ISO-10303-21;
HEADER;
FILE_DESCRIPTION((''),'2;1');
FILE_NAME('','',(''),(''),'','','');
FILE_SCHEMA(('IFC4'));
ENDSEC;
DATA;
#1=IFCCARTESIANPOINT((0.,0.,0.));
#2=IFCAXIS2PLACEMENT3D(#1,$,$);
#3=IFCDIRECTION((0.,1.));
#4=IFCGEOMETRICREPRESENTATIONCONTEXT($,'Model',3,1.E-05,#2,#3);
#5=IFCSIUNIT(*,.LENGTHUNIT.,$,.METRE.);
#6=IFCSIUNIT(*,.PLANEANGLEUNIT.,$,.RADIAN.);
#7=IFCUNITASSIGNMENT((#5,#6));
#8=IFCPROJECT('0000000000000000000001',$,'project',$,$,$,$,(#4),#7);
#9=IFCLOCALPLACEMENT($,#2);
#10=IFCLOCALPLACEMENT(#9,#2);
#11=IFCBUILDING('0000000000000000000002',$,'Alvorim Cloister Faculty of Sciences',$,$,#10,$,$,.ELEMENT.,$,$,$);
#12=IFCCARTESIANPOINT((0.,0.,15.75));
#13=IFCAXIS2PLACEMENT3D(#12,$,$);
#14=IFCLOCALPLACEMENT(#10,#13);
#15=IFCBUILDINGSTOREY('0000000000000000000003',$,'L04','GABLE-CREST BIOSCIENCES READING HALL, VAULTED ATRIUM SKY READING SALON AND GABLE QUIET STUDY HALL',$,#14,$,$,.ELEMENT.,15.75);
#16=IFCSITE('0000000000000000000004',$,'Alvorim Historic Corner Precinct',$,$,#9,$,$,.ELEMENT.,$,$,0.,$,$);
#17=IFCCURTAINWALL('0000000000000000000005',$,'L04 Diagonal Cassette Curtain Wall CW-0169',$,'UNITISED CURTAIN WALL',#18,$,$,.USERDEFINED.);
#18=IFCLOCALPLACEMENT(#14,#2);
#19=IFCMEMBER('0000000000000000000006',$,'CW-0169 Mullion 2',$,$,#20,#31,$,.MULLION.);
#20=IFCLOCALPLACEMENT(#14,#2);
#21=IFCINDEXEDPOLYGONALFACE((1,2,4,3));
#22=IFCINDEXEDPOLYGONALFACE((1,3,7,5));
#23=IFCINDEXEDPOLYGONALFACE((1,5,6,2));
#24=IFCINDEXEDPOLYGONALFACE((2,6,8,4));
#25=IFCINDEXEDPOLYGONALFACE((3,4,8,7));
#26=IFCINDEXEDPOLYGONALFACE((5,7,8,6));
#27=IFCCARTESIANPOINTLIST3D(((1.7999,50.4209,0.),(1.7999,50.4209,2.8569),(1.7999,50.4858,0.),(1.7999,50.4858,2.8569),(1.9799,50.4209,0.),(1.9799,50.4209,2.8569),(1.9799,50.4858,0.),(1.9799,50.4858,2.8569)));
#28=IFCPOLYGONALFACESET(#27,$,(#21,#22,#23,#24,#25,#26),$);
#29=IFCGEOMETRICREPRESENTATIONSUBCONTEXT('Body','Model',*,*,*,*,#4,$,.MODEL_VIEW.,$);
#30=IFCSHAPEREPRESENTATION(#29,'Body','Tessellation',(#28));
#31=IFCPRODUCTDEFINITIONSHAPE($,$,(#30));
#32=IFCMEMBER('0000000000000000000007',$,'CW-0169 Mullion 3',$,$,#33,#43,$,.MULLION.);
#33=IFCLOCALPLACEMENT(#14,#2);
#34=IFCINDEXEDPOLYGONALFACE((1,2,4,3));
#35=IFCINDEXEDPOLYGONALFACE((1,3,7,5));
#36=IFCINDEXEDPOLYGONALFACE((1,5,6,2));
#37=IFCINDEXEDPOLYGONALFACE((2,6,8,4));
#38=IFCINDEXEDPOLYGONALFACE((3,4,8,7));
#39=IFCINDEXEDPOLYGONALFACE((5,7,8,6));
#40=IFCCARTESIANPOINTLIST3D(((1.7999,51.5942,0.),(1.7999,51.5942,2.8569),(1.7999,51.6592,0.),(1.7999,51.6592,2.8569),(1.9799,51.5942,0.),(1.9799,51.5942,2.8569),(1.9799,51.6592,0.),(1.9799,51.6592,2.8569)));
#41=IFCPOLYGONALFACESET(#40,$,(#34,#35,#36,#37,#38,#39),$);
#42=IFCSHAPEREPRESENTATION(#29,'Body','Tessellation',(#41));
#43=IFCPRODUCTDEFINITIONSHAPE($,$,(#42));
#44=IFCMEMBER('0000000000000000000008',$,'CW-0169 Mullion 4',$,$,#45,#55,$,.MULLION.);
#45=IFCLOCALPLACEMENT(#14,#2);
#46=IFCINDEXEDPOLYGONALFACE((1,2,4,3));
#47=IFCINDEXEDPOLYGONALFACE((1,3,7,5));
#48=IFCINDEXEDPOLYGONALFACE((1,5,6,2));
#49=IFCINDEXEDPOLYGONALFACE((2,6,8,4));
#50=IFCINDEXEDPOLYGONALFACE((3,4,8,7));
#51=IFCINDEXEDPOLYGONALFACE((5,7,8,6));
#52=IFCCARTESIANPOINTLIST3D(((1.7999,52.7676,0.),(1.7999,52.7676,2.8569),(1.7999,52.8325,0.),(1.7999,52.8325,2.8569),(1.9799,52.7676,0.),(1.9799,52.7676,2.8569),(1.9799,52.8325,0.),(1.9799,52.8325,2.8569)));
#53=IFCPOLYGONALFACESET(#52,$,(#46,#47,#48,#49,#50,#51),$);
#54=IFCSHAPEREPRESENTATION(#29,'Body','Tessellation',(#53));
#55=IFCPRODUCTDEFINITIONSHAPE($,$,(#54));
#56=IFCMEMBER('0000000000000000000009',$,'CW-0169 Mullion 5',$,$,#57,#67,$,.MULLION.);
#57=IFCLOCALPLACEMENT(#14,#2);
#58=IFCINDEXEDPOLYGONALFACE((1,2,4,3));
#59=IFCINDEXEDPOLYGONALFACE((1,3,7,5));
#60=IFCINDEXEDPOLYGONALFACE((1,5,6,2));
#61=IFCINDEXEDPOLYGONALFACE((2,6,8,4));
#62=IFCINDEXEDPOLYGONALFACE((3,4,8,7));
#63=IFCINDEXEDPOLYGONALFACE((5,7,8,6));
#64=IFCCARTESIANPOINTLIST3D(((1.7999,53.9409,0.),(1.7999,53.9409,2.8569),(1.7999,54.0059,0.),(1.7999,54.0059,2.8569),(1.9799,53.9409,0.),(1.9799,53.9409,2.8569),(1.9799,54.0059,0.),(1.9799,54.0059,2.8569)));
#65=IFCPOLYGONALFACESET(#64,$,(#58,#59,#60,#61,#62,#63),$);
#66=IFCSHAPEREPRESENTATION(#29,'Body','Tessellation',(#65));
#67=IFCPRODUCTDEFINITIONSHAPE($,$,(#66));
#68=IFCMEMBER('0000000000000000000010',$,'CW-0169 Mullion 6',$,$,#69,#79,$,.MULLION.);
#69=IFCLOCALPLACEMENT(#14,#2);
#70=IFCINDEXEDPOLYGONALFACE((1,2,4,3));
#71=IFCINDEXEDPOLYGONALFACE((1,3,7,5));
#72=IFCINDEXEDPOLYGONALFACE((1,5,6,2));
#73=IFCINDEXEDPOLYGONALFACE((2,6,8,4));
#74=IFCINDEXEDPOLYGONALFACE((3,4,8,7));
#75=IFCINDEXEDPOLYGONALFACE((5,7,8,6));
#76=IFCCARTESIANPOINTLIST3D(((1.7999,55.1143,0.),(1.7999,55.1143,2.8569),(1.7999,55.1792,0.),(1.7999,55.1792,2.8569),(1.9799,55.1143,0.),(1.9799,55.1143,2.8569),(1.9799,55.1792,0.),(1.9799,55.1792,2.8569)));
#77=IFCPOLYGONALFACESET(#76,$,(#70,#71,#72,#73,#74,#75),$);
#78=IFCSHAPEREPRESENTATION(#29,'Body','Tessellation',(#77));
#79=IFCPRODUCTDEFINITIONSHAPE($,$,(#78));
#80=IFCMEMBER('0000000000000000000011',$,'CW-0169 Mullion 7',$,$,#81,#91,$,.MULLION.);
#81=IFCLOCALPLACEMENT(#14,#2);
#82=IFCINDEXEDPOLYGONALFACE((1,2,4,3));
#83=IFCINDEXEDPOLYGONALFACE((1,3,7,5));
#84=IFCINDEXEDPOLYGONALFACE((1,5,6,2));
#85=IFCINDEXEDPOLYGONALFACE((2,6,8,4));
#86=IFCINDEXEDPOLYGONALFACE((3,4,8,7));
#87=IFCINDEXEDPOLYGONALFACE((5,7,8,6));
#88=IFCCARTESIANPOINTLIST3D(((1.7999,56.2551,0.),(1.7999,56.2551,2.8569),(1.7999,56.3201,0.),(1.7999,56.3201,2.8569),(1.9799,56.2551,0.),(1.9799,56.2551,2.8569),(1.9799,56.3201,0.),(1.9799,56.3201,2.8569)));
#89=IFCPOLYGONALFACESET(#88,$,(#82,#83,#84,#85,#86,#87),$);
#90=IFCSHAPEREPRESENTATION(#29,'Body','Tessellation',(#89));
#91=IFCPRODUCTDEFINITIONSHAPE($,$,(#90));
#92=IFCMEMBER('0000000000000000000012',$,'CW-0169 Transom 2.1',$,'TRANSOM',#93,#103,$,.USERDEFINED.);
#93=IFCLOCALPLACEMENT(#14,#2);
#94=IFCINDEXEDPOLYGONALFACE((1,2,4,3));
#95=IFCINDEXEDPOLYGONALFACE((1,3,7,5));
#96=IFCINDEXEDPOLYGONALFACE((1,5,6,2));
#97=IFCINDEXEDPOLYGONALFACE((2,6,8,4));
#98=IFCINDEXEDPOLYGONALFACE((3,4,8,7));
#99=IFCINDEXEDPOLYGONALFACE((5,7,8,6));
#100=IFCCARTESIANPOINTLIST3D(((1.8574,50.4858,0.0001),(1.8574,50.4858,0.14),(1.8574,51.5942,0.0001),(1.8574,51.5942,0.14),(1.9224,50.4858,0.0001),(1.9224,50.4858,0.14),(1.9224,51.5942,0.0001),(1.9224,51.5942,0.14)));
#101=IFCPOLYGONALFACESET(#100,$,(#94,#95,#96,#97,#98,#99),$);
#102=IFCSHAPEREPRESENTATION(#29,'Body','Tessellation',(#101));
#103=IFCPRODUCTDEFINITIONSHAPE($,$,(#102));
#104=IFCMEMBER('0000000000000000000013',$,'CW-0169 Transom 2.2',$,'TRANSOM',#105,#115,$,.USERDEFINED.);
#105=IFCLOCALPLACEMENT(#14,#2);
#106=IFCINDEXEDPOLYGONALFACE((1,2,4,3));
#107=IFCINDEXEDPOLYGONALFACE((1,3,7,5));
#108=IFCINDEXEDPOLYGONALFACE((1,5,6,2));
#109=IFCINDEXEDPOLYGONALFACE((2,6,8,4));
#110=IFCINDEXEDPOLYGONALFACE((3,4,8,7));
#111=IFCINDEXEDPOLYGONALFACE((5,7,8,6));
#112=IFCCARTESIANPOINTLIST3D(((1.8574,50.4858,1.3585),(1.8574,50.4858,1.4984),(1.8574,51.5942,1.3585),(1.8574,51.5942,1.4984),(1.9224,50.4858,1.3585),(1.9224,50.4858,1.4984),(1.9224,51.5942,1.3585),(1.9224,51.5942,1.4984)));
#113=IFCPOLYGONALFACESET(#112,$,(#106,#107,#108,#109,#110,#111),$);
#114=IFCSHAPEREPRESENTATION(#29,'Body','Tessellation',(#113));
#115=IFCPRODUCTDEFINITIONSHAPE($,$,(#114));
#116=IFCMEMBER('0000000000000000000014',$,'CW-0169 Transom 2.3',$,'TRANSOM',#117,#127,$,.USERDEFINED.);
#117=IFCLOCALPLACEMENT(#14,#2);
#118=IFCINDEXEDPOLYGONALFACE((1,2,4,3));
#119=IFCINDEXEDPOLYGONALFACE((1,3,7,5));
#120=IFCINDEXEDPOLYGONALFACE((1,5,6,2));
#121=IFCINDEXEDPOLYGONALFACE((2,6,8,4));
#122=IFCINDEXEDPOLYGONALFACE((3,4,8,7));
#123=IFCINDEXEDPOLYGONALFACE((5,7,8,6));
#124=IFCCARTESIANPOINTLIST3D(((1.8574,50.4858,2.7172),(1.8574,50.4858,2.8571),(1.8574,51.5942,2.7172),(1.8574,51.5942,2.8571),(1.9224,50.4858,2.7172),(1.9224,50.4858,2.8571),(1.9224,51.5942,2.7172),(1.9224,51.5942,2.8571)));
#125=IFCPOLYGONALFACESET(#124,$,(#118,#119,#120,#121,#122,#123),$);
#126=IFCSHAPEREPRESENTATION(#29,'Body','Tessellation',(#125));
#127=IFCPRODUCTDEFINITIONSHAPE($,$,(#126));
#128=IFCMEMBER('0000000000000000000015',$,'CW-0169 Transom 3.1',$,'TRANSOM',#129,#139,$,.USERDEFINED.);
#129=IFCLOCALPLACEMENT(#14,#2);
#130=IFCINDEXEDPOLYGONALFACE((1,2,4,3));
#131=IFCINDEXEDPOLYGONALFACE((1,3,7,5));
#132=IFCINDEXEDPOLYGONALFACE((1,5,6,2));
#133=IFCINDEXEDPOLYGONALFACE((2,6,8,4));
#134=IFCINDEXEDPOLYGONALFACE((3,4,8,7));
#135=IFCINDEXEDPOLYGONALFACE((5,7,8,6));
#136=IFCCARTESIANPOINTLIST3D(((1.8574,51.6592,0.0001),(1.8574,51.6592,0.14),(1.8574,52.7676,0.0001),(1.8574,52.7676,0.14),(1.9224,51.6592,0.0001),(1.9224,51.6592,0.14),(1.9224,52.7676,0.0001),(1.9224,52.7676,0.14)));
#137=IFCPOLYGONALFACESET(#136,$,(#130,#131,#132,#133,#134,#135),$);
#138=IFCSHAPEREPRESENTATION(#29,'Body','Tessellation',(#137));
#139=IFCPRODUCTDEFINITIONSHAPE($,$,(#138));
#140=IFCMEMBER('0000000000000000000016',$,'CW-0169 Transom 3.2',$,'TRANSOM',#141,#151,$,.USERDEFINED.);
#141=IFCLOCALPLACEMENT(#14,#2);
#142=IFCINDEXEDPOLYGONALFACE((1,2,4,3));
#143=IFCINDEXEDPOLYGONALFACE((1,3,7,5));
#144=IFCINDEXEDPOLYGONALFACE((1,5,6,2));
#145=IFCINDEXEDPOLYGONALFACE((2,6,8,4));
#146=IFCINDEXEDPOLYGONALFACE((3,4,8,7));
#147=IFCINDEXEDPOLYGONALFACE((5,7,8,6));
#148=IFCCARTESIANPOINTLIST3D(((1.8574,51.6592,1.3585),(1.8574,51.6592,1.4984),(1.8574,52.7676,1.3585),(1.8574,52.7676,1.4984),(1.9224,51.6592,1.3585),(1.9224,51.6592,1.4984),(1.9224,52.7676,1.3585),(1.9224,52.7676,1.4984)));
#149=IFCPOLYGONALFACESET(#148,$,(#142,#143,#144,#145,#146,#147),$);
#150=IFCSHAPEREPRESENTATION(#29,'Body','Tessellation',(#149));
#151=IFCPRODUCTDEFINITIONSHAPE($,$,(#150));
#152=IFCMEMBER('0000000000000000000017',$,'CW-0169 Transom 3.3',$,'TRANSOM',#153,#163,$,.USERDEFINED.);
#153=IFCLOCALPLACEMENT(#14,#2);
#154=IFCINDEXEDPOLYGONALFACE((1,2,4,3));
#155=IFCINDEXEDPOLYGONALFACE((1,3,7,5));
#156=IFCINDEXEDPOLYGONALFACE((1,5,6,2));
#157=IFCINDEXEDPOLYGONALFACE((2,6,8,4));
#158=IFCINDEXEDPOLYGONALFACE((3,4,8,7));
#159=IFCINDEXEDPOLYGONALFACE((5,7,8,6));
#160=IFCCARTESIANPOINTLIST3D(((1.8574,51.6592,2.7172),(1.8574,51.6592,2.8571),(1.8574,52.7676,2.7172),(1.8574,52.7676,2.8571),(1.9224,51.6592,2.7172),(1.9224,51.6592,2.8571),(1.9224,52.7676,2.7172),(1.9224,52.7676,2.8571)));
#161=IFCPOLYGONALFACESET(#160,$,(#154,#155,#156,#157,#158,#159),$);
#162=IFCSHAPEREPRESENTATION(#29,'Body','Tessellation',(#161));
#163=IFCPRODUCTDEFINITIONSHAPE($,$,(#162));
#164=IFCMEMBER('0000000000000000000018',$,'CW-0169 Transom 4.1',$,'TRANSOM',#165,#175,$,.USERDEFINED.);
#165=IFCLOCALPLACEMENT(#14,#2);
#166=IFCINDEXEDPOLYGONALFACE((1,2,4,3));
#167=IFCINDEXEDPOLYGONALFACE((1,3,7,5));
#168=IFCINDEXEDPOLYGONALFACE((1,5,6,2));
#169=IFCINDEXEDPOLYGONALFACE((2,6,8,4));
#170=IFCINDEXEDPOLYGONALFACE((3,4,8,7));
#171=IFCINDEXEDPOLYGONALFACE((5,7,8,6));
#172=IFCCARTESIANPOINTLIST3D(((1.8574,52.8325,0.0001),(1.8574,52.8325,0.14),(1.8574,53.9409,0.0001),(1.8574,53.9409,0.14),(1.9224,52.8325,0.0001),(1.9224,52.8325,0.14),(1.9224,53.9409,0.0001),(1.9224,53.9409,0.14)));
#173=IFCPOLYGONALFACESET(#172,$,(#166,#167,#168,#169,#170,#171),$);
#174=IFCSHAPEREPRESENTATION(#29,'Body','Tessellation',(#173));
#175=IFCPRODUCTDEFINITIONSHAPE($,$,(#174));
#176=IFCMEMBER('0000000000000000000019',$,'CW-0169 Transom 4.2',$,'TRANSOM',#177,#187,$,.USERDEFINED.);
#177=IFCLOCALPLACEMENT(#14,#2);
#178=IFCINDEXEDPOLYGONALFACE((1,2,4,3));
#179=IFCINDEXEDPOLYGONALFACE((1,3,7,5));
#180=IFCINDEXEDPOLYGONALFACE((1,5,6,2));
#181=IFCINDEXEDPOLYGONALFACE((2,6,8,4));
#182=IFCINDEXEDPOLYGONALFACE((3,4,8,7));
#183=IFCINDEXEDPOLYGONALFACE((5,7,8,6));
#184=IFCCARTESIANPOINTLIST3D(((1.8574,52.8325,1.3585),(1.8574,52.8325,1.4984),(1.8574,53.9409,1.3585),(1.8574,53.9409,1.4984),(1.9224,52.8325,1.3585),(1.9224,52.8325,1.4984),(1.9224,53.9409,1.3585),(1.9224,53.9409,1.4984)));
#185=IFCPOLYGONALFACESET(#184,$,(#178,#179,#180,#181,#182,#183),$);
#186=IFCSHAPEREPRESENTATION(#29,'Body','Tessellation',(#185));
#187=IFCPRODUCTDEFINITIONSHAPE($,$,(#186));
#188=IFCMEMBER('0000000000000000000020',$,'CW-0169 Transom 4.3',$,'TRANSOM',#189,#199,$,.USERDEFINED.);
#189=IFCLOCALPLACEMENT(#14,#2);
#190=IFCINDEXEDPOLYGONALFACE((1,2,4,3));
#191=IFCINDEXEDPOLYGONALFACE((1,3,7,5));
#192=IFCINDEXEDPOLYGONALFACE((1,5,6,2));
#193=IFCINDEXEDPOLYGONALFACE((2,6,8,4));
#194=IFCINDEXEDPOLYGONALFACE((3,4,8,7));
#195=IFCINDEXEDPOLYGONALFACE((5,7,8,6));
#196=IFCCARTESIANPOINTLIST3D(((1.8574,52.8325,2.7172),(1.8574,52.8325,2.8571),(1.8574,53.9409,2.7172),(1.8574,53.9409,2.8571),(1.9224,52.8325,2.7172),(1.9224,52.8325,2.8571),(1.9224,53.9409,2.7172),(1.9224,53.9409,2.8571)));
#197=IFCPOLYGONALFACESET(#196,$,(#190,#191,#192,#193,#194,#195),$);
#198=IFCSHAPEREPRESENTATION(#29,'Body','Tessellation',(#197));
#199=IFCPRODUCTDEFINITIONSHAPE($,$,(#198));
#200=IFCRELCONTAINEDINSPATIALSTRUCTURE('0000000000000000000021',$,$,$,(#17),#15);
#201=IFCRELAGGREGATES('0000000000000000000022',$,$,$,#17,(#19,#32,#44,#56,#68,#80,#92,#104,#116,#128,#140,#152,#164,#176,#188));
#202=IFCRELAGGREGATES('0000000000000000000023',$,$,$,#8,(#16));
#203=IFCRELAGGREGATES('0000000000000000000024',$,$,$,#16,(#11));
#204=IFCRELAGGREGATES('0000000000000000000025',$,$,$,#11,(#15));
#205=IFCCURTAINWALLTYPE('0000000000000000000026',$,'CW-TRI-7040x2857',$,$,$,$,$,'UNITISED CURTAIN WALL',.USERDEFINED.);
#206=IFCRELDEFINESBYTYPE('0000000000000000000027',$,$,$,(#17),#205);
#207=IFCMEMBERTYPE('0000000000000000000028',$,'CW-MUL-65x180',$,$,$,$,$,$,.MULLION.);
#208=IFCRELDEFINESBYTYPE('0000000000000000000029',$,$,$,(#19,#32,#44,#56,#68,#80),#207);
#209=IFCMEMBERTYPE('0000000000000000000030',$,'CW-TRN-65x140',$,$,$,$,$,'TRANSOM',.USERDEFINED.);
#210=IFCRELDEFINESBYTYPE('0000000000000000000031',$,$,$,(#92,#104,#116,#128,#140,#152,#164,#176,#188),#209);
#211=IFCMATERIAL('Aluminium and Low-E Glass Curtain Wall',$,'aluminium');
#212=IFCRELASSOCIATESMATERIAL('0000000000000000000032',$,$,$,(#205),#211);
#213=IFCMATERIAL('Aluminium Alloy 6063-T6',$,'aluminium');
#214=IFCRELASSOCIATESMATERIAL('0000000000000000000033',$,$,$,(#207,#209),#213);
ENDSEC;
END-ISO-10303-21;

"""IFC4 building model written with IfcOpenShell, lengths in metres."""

from ifc_helpers import new_model, si_unit, direction, frame, origin, origin_2d, place, context, subcontext, project, spatial, rectangle, extrude, material, material_profile, profile_set, type_object, element, aggregate, save


model = new_model("IFC4")

# Units and contexts
model_context = context("Model", 3, precision=1e-05, world=origin(), true_north=direction((0.0, 1.0)))
body_context = subcontext(model_context, "Body", "Model", "MODEL_VIEW")
ifc_project = project(units=[si_unit("LENGTHUNIT", "METRE"), si_unit("PLANEANGLEUNIT", "RADIAN")], contexts=[model_context])

# Site, building, storey
site_placement = place(None, origin())
site = spatial("IfcSite", under=ifc_project, at=site_placement, Name="Alvorim Historic Corner Precinct", CompositionType="ELEMENT", RefElevation=0.0)
building_placement = place(site_placement, origin())
building = spatial("IfcBuilding", under=site, at=building_placement, Name="Alvorim Cloister Faculty of Sciences", CompositionType="ELEMENT")
storey_placement = place(building_placement, frame((0.0, 0.0, 15.75)))
storey = spatial("IfcBuildingStorey", under=building, at=storey_placement, Name="L04", Description="GABLE-CREST BIOSCIENCES READING HALL, VAULTED ATRIUM SKY READING SALON AND GABLE QUIET STUDY HALL", CompositionType="ELEMENT", Elevation=15.75)

# Curtain wall, members
ifc_material_1 = material(Name="Aluminium and Low-E Glass Curtain Wall", Category="aluminium")
curtain_wall_type = type_object("IfcCurtainWallType", Name="CW-TRI-7040x2857", ElementType="UNITISED CURTAIN WALL", PredefinedType="USERDEFINED", material=ifc_material_1)
curtain_wall_placement = place(storey_placement, origin())
curtain_wall = element("IfcCurtainWall", 1, at=curtain_wall_placement, inside=storey, type_object=curtain_wall_type, Name="L04 Diagonal Cassette Curtain Wall CW-0169", ObjectType="UNITISED CURTAIN WALL", PredefinedType="USERDEFINED")
ifc_material_2 = material(Name="Aluminium Alloy 6063-T6", Category="aluminium")
ifc_material_profile_1 = material_profile(ifc_material_2, rectangle(XDim=0.0649, YDim=0.1799, at=origin_2d()), Name="ALU-MUL-65x180")
ifc_profile_set_1 = profile_set([ifc_material_profile_1], Name="Aluminium Alloy 6063-T6")
member_type_1 = type_object("IfcMemberType", Name="CW-MUL-65x180", PredefinedType="MULLION", material=ifc_profile_set_1)
member_1_placement = place(storey_placement, frame((1.8899, 50.4534, 0.0), z_axis=(0.0, 0.0, 1.0), x_axis=(0.0, 1.0, 0.0)))
member_1 = element("IfcMember", 2, at=member_1_placement, type_object=member_type_1, Name="CW-0169 Mullion 2", PredefinedType="MULLION", context=body_context, shape_type="SweptSolid", body=[
    extrude(rectangle(XDim=0.0649, YDim=0.1799, at=origin_2d()), origin(), (0.0, 0.0, 1.0), 2.8569),
])
member_2_placement = place(storey_placement, frame((1.8899, 51.6267, 0.0), z_axis=(0.0, 0.0, 1.0), x_axis=(0.0, 1.0, 0.0)))
member_2 = element("IfcMember", 3, at=member_2_placement, type_object=member_type_1, Name="CW-0169 Mullion 3", PredefinedType="MULLION", context=body_context, shape_type="SweptSolid", body=[
    extrude(rectangle(XDim=0.0649, YDim=0.1799, at=origin_2d()), origin(), (0.0, 0.0, 1.0), 2.8569),
])
member_3_placement = place(storey_placement, frame((1.8899, 52.8, 0.0), z_axis=(0.0, 0.0, 1.0), x_axis=(0.0, 1.0, 0.0)))
member_3 = element("IfcMember", 4, at=member_3_placement, type_object=member_type_1, Name="CW-0169 Mullion 4", PredefinedType="MULLION", context=body_context, shape_type="SweptSolid", body=[
    extrude(rectangle(XDim=0.0649, YDim=0.1799, at=origin_2d()), origin(), (0.0, 0.0, 1.0), 2.8569),
])
member_4_placement = place(storey_placement, frame((1.8899, 53.9734, 0.0), z_axis=(0.0, 0.0, 1.0), x_axis=(0.0, 1.0, 0.0)))
member_4 = element("IfcMember", 5, at=member_4_placement, type_object=member_type_1, Name="CW-0169 Mullion 5", PredefinedType="MULLION", context=body_context, shape_type="SweptSolid", body=[
    extrude(rectangle(XDim=0.0649, YDim=0.1799, at=origin_2d()), origin(), (0.0, 0.0, 1.0), 2.8569),
])
member_5_placement = place(storey_placement, frame((1.8899, 55.1467, 0.0), z_axis=(0.0, 0.0, 1.0), x_axis=(0.0, 1.0, 0.0)))
member_5 = element("IfcMember", 6, at=member_5_placement, type_object=member_type_1, Name="CW-0169 Mullion 6", PredefinedType="MULLION", context=body_context, shape_type="SweptSolid", body=[
    extrude(rectangle(XDim=0.0649, YDim=0.1799, at=origin_2d()), origin(), (0.0, 0.0, 1.0), 2.8569),
])
member_6_placement = place(storey_placement, frame((1.8899, 56.2876, 0.0), z_axis=(0.0, 0.0, 1.0), x_axis=(0.0, 1.0, 0.0)))
member_6 = element("IfcMember", 7, at=member_6_placement, type_object=member_type_1, Name="CW-0169 Mullion 7", PredefinedType="MULLION", context=body_context, shape_type="SweptSolid", body=[
    extrude(rectangle(XDim=0.0649, YDim=0.1799, at=origin_2d()), origin(), (0.0, 0.0, 1.0), 2.8569),
])
ifc_material_profile_2 = material_profile(ifc_material_2, rectangle(XDim=0.0649, YDim=0.1399, at=origin_2d()), Name="ALU-TRN-65x140")
ifc_profile_set_2 = profile_set([ifc_material_profile_2], Name="Aluminium Alloy 6063-T6")
member_type_2 = type_object("IfcMemberType", Name="CW-TRN-65x140", ElementType="TRANSOM", PredefinedType="USERDEFINED", material=ifc_profile_set_2)
member_7_placement = place(storey_placement, frame((1.8899, 50.4858, 0.0701), z_axis=(0.0, 1.0, 0.0), x_axis=(-1.0, 0.0, 0.0)))
member_7 = element("IfcMember", 8, at=member_7_placement, type_object=member_type_2, Name="CW-0169 Transom 2.1", ObjectType="TRANSOM", PredefinedType="USERDEFINED", context=body_context, shape_type="SweptSolid", body=[
    extrude(rectangle(XDim=0.0649, YDim=0.1399, at=origin_2d()), origin(), (0.0, 0.0, 1.0), 1.1084),
])
member_8_placement = place(storey_placement, frame((1.8899, 50.4858, 1.4285), z_axis=(0.0, 1.0, 0.0), x_axis=(-1.0, 0.0, 0.0)))
member_8 = element("IfcMember", 9, at=member_8_placement, type_object=member_type_2, Name="CW-0169 Transom 2.2", ObjectType="TRANSOM", PredefinedType="USERDEFINED", context=body_context, shape_type="SweptSolid", body=[
    extrude(rectangle(XDim=0.0649, YDim=0.1399, at=origin_2d()), origin(), (0.0, 0.0, 1.0), 1.1084),
])
member_9_placement = place(storey_placement, frame((1.8899, 50.4858, 2.7871), z_axis=(0.0, 1.0, 0.0), x_axis=(-1.0, 0.0, 0.0)))
member_9 = element("IfcMember", 10, at=member_9_placement, type_object=member_type_2, Name="CW-0169 Transom 2.3", ObjectType="TRANSOM", PredefinedType="USERDEFINED", context=body_context, shape_type="SweptSolid", body=[
    extrude(rectangle(XDim=0.0649, YDim=0.1399, at=origin_2d()), origin(), (0.0, 0.0, 1.0), 1.1084),
])
member_10_placement = place(storey_placement, frame((1.8899, 51.6592, 0.0701), z_axis=(0.0, 1.0, 0.0), x_axis=(-1.0, 0.0, 0.0)))
member_10 = element("IfcMember", 11, at=member_10_placement, type_object=member_type_2, Name="CW-0169 Transom 3.1", ObjectType="TRANSOM", PredefinedType="USERDEFINED", context=body_context, shape_type="SweptSolid", body=[
    extrude(rectangle(XDim=0.0649, YDim=0.1399, at=origin_2d()), origin(), (0.0, 0.0, 1.0), 1.1084),
])
member_11_placement = place(storey_placement, frame((1.8899, 51.6592, 1.4285), z_axis=(0.0, 1.0, 0.0), x_axis=(-1.0, 0.0, 0.0)))
member_11 = element("IfcMember", 12, at=member_11_placement, type_object=member_type_2, Name="CW-0169 Transom 3.2", ObjectType="TRANSOM", PredefinedType="USERDEFINED", context=body_context, shape_type="SweptSolid", body=[
    extrude(rectangle(XDim=0.0649, YDim=0.1399, at=origin_2d()), origin(), (0.0, 0.0, 1.0), 1.1084),
])
member_12_placement = place(storey_placement, frame((1.8899, 51.6592, 2.7871), z_axis=(0.0, 1.0, 0.0), x_axis=(-1.0, 0.0, 0.0)))
member_12 = element("IfcMember", 13, at=member_12_placement, type_object=member_type_2, Name="CW-0169 Transom 3.3", ObjectType="TRANSOM", PredefinedType="USERDEFINED", context=body_context, shape_type="SweptSolid", body=[
    extrude(rectangle(XDim=0.0649, YDim=0.1399, at=origin_2d()), origin(), (0.0, 0.0, 1.0), 1.1084),
])
member_13_placement = place(storey_placement, frame((1.8899, 52.8325, 0.0701), z_axis=(0.0, 1.0, 0.0), x_axis=(-1.0, 0.0, 0.0)))
member_13 = element("IfcMember", 14, at=member_13_placement, type_object=member_type_2, Name="CW-0169 Transom 4.1", ObjectType="TRANSOM", PredefinedType="USERDEFINED", context=body_context, shape_type="SweptSolid", body=[
    extrude(rectangle(XDim=0.0649, YDim=0.1399, at=origin_2d()), origin(), (0.0, 0.0, 1.0), 1.1084),
])
member_14_placement = place(storey_placement, frame((1.8899, 52.8325, 1.4285), z_axis=(0.0, 1.0, 0.0), x_axis=(-1.0, 0.0, 0.0)))
member_14 = element("IfcMember", 15, at=member_14_placement, type_object=member_type_2, Name="CW-0169 Transom 4.2", ObjectType="TRANSOM", PredefinedType="USERDEFINED", context=body_context, shape_type="SweptSolid", body=[
    extrude(rectangle(XDim=0.0649, YDim=0.1399, at=origin_2d()), origin(), (0.0, 0.0, 1.0), 1.1084),
])
member_15_placement = place(storey_placement, frame((1.8899, 52.8325, 2.7871), z_axis=(0.0, 1.0, 0.0), x_axis=(-1.0, 0.0, 0.0)))
member_15 = element("IfcMember", 16, at=member_15_placement, type_object=member_type_2, Name="CW-0169 Transom 4.3", ObjectType="TRANSOM", PredefinedType="USERDEFINED", context=body_context, shape_type="SweptSolid", body=[
    extrude(rectangle(XDim=0.0649, YDim=0.1399, at=origin_2d()), origin(), (0.0, 0.0, 1.0), 1.1084),
])
aggregate(curtain_wall, [member_1, member_2, member_3, member_4, member_5, member_6, member_7, member_8, member_9, member_10, member_11, member_12, member_13, member_14, member_15])

save(model, "model.ifc")
